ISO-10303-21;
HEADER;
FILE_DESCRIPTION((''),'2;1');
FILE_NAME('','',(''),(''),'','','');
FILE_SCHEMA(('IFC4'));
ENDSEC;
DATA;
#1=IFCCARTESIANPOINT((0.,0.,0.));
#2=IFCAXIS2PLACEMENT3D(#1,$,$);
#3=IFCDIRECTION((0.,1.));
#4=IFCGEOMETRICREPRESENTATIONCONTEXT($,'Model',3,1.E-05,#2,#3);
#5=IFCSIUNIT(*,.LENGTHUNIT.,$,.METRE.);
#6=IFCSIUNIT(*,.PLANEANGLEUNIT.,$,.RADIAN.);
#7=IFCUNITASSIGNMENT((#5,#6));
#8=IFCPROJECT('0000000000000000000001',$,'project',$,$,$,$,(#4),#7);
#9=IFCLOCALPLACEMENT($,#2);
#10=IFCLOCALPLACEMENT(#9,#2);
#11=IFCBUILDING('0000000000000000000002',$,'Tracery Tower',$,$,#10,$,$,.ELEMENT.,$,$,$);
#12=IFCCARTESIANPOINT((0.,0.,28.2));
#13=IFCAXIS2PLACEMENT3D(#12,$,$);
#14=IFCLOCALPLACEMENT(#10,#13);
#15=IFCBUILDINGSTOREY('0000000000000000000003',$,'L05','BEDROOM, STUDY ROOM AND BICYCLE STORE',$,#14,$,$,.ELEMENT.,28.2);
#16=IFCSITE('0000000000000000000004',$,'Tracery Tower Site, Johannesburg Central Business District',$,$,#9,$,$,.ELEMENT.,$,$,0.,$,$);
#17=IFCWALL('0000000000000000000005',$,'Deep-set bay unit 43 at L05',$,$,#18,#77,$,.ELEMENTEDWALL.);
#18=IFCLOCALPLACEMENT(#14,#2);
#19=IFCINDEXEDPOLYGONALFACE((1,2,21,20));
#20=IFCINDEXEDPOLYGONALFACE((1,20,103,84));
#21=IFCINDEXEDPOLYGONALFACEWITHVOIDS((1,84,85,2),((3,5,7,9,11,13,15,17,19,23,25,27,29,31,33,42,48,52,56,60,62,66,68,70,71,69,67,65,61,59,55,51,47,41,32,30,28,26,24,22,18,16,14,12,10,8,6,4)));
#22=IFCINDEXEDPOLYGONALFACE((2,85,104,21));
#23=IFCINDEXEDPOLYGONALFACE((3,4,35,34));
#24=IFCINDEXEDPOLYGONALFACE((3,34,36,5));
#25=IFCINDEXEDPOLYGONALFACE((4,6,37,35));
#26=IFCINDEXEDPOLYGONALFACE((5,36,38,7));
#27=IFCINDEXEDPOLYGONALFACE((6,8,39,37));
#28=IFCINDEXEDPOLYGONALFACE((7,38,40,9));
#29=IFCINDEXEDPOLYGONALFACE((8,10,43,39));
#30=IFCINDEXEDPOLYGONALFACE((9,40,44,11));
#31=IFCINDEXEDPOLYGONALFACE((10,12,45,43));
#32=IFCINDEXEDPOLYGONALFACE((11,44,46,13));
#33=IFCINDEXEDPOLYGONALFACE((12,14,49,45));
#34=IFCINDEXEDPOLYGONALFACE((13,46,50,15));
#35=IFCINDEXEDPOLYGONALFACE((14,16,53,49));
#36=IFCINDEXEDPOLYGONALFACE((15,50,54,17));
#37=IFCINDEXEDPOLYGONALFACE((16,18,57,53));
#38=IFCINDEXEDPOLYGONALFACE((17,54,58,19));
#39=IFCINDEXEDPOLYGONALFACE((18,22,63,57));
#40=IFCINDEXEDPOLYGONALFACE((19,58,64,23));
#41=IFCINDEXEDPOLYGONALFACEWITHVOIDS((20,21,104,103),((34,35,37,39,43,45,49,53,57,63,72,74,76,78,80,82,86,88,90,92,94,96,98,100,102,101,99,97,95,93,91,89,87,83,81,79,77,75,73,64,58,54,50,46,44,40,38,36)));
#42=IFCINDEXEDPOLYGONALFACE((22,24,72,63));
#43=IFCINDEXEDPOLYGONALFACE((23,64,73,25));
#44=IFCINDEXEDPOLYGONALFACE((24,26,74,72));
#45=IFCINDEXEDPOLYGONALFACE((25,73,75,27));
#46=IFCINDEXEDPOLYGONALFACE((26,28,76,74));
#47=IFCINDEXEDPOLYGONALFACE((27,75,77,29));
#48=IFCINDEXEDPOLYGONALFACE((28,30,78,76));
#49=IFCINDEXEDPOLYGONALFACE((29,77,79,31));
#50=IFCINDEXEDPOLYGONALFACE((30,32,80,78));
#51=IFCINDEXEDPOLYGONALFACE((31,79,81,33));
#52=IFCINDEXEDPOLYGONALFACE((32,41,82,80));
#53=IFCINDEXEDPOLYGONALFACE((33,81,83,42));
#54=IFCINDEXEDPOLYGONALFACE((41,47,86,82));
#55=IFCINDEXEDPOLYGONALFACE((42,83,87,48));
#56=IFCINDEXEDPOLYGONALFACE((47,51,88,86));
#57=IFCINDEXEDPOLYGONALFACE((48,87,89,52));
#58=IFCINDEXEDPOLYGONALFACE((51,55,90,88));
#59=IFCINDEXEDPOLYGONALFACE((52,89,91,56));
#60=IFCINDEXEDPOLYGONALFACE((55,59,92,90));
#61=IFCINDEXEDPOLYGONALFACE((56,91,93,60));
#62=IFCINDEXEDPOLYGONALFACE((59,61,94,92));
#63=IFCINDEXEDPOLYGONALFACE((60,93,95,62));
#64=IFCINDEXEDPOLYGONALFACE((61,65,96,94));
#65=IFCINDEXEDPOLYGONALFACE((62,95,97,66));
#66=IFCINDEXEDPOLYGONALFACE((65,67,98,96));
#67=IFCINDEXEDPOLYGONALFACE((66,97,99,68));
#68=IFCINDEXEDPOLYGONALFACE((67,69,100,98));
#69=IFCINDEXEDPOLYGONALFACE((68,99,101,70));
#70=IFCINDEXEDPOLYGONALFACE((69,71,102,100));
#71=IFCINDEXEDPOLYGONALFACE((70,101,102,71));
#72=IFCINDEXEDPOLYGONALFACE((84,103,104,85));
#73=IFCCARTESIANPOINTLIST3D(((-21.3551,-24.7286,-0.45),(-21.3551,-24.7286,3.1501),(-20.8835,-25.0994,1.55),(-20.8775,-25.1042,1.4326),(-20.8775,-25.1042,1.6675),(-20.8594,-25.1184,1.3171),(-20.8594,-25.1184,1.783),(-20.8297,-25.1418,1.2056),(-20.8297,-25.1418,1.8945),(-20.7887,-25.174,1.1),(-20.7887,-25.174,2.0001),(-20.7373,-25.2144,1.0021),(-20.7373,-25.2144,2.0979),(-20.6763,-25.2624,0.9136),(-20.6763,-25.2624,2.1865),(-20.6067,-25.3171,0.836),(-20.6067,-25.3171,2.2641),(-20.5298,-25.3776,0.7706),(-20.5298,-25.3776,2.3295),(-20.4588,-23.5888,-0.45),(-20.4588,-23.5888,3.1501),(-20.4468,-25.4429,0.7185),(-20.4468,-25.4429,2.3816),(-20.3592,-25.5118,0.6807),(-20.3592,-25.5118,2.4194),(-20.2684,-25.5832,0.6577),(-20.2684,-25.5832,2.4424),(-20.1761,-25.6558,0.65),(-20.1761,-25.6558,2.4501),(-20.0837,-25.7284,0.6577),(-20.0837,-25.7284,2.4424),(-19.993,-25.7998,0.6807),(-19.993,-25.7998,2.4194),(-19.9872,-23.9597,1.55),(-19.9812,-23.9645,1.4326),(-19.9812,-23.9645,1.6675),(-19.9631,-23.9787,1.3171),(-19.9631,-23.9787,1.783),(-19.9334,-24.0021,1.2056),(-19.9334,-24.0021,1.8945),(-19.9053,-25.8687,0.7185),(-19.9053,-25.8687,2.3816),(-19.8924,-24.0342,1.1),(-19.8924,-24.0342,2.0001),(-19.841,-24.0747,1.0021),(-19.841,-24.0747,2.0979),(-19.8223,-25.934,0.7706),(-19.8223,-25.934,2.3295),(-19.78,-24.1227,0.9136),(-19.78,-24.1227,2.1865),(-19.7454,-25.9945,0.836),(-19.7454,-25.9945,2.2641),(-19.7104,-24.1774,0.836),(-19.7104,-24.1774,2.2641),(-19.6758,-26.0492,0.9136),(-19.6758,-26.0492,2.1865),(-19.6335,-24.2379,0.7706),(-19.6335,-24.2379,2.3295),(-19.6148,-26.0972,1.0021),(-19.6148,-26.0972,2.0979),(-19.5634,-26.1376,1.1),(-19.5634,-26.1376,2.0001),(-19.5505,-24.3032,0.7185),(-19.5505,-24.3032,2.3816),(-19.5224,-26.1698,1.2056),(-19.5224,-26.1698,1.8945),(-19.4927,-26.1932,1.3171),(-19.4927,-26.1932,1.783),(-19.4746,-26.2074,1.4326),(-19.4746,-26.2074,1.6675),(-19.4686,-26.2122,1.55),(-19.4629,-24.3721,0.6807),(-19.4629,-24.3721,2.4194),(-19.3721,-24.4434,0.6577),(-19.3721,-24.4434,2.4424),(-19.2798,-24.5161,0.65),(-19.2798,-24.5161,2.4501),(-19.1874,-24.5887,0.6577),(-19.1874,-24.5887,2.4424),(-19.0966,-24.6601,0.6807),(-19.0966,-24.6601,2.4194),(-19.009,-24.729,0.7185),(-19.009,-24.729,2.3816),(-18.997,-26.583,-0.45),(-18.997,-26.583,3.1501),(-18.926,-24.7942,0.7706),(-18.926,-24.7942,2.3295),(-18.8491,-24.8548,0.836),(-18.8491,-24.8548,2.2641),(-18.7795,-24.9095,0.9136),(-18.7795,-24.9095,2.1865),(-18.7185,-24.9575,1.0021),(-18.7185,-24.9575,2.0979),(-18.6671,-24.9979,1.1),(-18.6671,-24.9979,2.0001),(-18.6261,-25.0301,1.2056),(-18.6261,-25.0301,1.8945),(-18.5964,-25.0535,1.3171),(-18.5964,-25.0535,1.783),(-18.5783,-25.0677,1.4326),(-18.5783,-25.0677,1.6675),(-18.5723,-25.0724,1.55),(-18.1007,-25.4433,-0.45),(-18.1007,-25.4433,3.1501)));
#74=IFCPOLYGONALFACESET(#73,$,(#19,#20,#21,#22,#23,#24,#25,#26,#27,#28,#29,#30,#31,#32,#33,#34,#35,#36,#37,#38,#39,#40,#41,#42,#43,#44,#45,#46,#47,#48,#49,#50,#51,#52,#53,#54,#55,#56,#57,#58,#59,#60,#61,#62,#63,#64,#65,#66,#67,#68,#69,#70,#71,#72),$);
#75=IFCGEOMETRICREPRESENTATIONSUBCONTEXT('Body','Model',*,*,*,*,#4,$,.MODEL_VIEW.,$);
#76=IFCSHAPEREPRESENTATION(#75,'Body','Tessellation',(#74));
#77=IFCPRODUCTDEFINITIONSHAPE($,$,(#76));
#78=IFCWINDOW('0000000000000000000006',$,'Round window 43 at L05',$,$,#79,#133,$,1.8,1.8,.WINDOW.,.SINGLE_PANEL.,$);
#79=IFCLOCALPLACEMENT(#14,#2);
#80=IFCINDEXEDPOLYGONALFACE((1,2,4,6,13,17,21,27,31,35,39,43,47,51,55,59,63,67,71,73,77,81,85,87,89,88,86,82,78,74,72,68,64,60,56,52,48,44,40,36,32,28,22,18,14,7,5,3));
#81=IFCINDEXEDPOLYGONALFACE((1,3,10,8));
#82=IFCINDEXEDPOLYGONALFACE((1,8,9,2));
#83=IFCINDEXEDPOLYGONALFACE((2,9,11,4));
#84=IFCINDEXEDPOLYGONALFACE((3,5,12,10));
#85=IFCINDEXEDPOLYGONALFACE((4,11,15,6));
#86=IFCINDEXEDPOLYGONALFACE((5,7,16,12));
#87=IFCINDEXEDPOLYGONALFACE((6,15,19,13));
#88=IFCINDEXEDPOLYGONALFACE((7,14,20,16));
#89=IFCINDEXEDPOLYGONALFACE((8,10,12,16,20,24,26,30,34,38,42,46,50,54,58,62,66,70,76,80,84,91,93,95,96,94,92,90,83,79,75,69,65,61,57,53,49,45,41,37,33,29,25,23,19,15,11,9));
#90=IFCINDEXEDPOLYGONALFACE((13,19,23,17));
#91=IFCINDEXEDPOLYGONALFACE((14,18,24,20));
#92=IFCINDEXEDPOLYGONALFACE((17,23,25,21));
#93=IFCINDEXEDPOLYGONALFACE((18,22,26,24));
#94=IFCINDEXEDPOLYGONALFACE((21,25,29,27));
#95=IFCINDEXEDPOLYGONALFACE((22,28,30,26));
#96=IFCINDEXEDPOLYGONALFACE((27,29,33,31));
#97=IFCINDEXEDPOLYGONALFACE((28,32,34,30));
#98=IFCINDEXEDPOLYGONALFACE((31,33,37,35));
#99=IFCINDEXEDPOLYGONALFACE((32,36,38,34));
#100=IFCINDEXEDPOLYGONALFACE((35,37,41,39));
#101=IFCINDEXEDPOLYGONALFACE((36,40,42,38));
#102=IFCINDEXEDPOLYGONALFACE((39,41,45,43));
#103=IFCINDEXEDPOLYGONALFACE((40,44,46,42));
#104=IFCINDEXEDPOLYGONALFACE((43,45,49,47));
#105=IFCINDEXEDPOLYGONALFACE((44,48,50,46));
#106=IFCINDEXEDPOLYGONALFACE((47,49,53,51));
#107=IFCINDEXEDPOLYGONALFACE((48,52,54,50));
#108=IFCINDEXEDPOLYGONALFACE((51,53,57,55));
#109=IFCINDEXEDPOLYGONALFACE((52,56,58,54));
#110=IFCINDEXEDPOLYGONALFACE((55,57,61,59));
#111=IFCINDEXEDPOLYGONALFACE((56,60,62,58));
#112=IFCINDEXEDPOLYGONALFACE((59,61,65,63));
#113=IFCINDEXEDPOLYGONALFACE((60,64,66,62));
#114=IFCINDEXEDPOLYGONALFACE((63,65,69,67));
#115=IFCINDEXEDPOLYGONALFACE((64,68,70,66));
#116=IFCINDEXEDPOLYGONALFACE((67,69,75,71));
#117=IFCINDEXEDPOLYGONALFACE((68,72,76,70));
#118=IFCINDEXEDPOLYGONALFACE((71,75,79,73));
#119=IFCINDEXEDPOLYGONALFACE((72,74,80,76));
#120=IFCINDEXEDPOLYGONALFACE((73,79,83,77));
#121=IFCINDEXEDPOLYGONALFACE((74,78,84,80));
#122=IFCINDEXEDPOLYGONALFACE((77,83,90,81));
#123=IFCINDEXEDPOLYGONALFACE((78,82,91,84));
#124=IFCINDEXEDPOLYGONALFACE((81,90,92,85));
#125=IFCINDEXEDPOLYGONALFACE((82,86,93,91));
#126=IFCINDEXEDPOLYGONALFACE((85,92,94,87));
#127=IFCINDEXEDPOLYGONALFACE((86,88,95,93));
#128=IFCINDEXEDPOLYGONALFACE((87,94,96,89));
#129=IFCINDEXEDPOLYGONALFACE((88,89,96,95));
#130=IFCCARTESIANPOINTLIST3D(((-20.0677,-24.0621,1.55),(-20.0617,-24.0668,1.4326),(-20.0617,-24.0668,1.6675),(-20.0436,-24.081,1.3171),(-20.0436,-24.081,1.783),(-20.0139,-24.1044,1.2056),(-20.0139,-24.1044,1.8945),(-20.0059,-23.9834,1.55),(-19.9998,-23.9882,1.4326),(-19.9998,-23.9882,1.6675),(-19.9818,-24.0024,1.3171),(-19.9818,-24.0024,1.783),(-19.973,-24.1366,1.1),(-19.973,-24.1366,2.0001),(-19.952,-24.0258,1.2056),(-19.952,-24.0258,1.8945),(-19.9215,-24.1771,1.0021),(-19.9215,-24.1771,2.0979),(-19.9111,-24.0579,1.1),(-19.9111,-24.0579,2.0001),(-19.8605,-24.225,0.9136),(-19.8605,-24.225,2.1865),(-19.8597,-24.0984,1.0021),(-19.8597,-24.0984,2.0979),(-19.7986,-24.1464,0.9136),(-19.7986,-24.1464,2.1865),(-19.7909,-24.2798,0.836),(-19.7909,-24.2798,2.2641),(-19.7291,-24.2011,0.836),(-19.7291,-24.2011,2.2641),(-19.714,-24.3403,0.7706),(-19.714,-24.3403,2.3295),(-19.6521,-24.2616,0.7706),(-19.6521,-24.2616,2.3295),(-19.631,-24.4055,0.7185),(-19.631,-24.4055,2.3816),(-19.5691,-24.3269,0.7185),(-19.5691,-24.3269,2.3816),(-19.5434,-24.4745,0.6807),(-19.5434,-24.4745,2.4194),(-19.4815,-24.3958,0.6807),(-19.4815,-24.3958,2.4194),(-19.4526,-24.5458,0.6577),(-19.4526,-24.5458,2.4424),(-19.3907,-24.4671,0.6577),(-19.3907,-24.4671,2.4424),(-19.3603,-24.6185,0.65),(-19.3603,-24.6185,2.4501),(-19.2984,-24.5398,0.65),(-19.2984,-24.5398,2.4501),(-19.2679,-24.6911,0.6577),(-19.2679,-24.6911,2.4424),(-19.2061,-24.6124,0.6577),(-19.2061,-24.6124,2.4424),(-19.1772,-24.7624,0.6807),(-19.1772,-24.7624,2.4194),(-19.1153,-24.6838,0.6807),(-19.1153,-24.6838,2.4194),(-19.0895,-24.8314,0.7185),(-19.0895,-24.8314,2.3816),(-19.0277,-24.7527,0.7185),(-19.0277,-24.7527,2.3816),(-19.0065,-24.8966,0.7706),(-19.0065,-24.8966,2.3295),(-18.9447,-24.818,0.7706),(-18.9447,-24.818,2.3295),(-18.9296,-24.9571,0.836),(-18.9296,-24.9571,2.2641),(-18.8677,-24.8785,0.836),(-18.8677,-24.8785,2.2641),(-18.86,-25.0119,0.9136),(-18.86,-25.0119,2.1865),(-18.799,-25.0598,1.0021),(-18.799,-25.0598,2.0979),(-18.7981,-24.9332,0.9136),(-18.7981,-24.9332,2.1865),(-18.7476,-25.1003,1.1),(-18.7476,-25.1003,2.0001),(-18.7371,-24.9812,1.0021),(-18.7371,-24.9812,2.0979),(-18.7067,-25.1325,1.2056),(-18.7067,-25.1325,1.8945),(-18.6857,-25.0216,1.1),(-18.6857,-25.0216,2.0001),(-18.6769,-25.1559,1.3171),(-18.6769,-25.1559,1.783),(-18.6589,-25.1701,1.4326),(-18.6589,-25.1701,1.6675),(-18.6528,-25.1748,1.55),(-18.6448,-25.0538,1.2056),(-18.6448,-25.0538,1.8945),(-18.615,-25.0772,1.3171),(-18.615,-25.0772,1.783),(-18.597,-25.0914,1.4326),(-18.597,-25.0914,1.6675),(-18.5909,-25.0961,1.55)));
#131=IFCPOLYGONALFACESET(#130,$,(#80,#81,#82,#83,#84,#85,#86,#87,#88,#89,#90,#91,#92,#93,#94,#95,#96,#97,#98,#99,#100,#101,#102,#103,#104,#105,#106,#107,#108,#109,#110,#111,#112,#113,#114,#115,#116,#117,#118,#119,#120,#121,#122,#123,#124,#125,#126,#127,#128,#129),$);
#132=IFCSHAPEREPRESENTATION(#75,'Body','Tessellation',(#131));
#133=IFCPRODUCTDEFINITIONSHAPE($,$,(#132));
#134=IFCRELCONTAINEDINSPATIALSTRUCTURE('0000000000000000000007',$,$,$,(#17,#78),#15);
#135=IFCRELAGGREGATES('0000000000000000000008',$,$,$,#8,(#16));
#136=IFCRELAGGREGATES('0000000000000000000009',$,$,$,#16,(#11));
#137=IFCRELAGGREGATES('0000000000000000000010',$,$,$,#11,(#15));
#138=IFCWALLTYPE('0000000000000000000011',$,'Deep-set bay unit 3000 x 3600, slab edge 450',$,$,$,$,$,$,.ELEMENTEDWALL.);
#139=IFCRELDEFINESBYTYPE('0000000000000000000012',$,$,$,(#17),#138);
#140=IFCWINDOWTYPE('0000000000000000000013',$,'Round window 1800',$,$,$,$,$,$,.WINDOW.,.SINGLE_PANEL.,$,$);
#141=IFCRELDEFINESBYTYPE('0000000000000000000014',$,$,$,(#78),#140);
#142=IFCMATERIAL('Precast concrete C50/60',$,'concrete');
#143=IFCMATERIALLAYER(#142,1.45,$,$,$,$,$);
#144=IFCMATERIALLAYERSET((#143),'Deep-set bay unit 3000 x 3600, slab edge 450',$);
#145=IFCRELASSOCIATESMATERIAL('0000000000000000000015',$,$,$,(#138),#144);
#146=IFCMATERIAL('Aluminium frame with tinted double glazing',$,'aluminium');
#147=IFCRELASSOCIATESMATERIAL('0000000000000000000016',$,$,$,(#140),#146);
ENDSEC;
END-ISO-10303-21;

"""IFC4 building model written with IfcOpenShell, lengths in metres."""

from ifc_helpers import new_model, si_unit, direction, frame, frame_2d, origin, origin_2d, place, context, subcontext, project, spatial, rectangle, circle, extrude, material, layer, layer_set, type_object, element, fill, save


model = new_model("IFC4")

# Units and contexts
model_context = context("Model", 3, precision=1e-05, world=origin(), true_north=direction((0.0, 1.0)))
body_context = subcontext(model_context, "Body", "Model", "MODEL_VIEW")
ifc_project = project(units=[si_unit("LENGTHUNIT", "METRE"), si_unit("PLANEANGLEUNIT", "RADIAN")], contexts=[model_context])

# Site, building, storey
site_placement = place(None, origin())
site = spatial("IfcSite", under=ifc_project, at=site_placement, Name="Tracery Tower Site, Johannesburg Central Business District", CompositionType="ELEMENT", RefElevation=0.0)
building_placement = place(site_placement, origin())
building = spatial("IfcBuilding", under=site, at=building_placement, Name="Tracery Tower", CompositionType="ELEMENT")
storey_placement = place(building_placement, frame((0.0, 0.0, 28.2)))
storey = spatial("IfcBuildingStorey", under=building, at=storey_placement, Name="L05", Description="BEDROOM, STUDY ROOM AND BICYCLE STORE", CompositionType="ELEMENT", Elevation=28.2)

# Wall, opening, window
ifc_material_1 = material(Name="Precast concrete C50/60", Category="concrete")
ifc_layer_1 = layer(ifc_material_1, 1.45)
ifc_layer_set_1 = layer_set([ifc_layer_1], Name="Deep-set bay unit 3000 x 3600, slab edge 450")
wall_type_1 = type_object("IfcWallType", Name="Deep-set bay unit 3000 x 3600, slab edge 450", PredefinedType="ELEMENTEDWALL", material=ifc_layer_set_1)
wall_1_placement = place(storey_placement, frame((-20.907, -24.1587, -0.45), z_axis=(0.0, 0.0, 1.0), x_axis=(0.78605, -0.618163, 0.0)))
wall_1 = element("IfcWall", 1, at=wall_1_placement, inside=storey, type_object=wall_type_1, Name="Deep-set bay unit 43 at L05", PredefinedType="ELEMENTEDWALL", context=body_context, shape_type="SweptSolid", body=[
    extrude(rectangle(XDim=3.0, YDim=1.45, at=frame_2d((1.5, 0.0))), origin(), (0.0, 0.0, 1.0), 3.6001),
])
opening_1_placement = place(wall_1_placement, frame((1.5, 0.0, 2.0)))
opening_1 = element("IfcOpeningElement", 2, at=opening_1_placement, cuts=wall_1, PredefinedType="OPENING", context=body_context, shape_type="SweptSolid", body=[
    extrude(circle(Radius=0.9, at=origin_2d()), frame((0.0, 0.7349, 0.0), z_axis=(0.0, -1.0, 0.0), x_axis=(1.0, 0.0, 0.0)), (0.0, 0.0, 1.0), 1.47),
])
ifc_material_2 = material(Name="Aluminium frame with tinted double glazing", Category="aluminium")
window_type = type_object("IfcWindowType", Name="Round window 1800", PartitioningType="SINGLE_PANEL", PredefinedType="WINDOW", material=ifc_material_2)
window_1_placement = place(opening_1_placement, origin())
window_1 = element("IfcWindow", 3, at=window_1_placement, inside=storey, type_object=window_type, Name="Round window 43 at L05", OverallHeight=1.8, OverallWidth=1.8, PartitioningType="SINGLE_PANEL", PredefinedType="WINDOW", context=body_context, shape_type="SweptSolid", body=[
    extrude(circle(Radius=0.9, at=origin_2d()), frame((0.0, 0.6948, 0.0), z_axis=(0.0, -1.0, 0.0), x_axis=(1.0, 0.0, 0.0)), (0.0, 0.0, 1.0), 0.1001),
])
fill(opening_1, window_1)

save(model, "model.ifc")
